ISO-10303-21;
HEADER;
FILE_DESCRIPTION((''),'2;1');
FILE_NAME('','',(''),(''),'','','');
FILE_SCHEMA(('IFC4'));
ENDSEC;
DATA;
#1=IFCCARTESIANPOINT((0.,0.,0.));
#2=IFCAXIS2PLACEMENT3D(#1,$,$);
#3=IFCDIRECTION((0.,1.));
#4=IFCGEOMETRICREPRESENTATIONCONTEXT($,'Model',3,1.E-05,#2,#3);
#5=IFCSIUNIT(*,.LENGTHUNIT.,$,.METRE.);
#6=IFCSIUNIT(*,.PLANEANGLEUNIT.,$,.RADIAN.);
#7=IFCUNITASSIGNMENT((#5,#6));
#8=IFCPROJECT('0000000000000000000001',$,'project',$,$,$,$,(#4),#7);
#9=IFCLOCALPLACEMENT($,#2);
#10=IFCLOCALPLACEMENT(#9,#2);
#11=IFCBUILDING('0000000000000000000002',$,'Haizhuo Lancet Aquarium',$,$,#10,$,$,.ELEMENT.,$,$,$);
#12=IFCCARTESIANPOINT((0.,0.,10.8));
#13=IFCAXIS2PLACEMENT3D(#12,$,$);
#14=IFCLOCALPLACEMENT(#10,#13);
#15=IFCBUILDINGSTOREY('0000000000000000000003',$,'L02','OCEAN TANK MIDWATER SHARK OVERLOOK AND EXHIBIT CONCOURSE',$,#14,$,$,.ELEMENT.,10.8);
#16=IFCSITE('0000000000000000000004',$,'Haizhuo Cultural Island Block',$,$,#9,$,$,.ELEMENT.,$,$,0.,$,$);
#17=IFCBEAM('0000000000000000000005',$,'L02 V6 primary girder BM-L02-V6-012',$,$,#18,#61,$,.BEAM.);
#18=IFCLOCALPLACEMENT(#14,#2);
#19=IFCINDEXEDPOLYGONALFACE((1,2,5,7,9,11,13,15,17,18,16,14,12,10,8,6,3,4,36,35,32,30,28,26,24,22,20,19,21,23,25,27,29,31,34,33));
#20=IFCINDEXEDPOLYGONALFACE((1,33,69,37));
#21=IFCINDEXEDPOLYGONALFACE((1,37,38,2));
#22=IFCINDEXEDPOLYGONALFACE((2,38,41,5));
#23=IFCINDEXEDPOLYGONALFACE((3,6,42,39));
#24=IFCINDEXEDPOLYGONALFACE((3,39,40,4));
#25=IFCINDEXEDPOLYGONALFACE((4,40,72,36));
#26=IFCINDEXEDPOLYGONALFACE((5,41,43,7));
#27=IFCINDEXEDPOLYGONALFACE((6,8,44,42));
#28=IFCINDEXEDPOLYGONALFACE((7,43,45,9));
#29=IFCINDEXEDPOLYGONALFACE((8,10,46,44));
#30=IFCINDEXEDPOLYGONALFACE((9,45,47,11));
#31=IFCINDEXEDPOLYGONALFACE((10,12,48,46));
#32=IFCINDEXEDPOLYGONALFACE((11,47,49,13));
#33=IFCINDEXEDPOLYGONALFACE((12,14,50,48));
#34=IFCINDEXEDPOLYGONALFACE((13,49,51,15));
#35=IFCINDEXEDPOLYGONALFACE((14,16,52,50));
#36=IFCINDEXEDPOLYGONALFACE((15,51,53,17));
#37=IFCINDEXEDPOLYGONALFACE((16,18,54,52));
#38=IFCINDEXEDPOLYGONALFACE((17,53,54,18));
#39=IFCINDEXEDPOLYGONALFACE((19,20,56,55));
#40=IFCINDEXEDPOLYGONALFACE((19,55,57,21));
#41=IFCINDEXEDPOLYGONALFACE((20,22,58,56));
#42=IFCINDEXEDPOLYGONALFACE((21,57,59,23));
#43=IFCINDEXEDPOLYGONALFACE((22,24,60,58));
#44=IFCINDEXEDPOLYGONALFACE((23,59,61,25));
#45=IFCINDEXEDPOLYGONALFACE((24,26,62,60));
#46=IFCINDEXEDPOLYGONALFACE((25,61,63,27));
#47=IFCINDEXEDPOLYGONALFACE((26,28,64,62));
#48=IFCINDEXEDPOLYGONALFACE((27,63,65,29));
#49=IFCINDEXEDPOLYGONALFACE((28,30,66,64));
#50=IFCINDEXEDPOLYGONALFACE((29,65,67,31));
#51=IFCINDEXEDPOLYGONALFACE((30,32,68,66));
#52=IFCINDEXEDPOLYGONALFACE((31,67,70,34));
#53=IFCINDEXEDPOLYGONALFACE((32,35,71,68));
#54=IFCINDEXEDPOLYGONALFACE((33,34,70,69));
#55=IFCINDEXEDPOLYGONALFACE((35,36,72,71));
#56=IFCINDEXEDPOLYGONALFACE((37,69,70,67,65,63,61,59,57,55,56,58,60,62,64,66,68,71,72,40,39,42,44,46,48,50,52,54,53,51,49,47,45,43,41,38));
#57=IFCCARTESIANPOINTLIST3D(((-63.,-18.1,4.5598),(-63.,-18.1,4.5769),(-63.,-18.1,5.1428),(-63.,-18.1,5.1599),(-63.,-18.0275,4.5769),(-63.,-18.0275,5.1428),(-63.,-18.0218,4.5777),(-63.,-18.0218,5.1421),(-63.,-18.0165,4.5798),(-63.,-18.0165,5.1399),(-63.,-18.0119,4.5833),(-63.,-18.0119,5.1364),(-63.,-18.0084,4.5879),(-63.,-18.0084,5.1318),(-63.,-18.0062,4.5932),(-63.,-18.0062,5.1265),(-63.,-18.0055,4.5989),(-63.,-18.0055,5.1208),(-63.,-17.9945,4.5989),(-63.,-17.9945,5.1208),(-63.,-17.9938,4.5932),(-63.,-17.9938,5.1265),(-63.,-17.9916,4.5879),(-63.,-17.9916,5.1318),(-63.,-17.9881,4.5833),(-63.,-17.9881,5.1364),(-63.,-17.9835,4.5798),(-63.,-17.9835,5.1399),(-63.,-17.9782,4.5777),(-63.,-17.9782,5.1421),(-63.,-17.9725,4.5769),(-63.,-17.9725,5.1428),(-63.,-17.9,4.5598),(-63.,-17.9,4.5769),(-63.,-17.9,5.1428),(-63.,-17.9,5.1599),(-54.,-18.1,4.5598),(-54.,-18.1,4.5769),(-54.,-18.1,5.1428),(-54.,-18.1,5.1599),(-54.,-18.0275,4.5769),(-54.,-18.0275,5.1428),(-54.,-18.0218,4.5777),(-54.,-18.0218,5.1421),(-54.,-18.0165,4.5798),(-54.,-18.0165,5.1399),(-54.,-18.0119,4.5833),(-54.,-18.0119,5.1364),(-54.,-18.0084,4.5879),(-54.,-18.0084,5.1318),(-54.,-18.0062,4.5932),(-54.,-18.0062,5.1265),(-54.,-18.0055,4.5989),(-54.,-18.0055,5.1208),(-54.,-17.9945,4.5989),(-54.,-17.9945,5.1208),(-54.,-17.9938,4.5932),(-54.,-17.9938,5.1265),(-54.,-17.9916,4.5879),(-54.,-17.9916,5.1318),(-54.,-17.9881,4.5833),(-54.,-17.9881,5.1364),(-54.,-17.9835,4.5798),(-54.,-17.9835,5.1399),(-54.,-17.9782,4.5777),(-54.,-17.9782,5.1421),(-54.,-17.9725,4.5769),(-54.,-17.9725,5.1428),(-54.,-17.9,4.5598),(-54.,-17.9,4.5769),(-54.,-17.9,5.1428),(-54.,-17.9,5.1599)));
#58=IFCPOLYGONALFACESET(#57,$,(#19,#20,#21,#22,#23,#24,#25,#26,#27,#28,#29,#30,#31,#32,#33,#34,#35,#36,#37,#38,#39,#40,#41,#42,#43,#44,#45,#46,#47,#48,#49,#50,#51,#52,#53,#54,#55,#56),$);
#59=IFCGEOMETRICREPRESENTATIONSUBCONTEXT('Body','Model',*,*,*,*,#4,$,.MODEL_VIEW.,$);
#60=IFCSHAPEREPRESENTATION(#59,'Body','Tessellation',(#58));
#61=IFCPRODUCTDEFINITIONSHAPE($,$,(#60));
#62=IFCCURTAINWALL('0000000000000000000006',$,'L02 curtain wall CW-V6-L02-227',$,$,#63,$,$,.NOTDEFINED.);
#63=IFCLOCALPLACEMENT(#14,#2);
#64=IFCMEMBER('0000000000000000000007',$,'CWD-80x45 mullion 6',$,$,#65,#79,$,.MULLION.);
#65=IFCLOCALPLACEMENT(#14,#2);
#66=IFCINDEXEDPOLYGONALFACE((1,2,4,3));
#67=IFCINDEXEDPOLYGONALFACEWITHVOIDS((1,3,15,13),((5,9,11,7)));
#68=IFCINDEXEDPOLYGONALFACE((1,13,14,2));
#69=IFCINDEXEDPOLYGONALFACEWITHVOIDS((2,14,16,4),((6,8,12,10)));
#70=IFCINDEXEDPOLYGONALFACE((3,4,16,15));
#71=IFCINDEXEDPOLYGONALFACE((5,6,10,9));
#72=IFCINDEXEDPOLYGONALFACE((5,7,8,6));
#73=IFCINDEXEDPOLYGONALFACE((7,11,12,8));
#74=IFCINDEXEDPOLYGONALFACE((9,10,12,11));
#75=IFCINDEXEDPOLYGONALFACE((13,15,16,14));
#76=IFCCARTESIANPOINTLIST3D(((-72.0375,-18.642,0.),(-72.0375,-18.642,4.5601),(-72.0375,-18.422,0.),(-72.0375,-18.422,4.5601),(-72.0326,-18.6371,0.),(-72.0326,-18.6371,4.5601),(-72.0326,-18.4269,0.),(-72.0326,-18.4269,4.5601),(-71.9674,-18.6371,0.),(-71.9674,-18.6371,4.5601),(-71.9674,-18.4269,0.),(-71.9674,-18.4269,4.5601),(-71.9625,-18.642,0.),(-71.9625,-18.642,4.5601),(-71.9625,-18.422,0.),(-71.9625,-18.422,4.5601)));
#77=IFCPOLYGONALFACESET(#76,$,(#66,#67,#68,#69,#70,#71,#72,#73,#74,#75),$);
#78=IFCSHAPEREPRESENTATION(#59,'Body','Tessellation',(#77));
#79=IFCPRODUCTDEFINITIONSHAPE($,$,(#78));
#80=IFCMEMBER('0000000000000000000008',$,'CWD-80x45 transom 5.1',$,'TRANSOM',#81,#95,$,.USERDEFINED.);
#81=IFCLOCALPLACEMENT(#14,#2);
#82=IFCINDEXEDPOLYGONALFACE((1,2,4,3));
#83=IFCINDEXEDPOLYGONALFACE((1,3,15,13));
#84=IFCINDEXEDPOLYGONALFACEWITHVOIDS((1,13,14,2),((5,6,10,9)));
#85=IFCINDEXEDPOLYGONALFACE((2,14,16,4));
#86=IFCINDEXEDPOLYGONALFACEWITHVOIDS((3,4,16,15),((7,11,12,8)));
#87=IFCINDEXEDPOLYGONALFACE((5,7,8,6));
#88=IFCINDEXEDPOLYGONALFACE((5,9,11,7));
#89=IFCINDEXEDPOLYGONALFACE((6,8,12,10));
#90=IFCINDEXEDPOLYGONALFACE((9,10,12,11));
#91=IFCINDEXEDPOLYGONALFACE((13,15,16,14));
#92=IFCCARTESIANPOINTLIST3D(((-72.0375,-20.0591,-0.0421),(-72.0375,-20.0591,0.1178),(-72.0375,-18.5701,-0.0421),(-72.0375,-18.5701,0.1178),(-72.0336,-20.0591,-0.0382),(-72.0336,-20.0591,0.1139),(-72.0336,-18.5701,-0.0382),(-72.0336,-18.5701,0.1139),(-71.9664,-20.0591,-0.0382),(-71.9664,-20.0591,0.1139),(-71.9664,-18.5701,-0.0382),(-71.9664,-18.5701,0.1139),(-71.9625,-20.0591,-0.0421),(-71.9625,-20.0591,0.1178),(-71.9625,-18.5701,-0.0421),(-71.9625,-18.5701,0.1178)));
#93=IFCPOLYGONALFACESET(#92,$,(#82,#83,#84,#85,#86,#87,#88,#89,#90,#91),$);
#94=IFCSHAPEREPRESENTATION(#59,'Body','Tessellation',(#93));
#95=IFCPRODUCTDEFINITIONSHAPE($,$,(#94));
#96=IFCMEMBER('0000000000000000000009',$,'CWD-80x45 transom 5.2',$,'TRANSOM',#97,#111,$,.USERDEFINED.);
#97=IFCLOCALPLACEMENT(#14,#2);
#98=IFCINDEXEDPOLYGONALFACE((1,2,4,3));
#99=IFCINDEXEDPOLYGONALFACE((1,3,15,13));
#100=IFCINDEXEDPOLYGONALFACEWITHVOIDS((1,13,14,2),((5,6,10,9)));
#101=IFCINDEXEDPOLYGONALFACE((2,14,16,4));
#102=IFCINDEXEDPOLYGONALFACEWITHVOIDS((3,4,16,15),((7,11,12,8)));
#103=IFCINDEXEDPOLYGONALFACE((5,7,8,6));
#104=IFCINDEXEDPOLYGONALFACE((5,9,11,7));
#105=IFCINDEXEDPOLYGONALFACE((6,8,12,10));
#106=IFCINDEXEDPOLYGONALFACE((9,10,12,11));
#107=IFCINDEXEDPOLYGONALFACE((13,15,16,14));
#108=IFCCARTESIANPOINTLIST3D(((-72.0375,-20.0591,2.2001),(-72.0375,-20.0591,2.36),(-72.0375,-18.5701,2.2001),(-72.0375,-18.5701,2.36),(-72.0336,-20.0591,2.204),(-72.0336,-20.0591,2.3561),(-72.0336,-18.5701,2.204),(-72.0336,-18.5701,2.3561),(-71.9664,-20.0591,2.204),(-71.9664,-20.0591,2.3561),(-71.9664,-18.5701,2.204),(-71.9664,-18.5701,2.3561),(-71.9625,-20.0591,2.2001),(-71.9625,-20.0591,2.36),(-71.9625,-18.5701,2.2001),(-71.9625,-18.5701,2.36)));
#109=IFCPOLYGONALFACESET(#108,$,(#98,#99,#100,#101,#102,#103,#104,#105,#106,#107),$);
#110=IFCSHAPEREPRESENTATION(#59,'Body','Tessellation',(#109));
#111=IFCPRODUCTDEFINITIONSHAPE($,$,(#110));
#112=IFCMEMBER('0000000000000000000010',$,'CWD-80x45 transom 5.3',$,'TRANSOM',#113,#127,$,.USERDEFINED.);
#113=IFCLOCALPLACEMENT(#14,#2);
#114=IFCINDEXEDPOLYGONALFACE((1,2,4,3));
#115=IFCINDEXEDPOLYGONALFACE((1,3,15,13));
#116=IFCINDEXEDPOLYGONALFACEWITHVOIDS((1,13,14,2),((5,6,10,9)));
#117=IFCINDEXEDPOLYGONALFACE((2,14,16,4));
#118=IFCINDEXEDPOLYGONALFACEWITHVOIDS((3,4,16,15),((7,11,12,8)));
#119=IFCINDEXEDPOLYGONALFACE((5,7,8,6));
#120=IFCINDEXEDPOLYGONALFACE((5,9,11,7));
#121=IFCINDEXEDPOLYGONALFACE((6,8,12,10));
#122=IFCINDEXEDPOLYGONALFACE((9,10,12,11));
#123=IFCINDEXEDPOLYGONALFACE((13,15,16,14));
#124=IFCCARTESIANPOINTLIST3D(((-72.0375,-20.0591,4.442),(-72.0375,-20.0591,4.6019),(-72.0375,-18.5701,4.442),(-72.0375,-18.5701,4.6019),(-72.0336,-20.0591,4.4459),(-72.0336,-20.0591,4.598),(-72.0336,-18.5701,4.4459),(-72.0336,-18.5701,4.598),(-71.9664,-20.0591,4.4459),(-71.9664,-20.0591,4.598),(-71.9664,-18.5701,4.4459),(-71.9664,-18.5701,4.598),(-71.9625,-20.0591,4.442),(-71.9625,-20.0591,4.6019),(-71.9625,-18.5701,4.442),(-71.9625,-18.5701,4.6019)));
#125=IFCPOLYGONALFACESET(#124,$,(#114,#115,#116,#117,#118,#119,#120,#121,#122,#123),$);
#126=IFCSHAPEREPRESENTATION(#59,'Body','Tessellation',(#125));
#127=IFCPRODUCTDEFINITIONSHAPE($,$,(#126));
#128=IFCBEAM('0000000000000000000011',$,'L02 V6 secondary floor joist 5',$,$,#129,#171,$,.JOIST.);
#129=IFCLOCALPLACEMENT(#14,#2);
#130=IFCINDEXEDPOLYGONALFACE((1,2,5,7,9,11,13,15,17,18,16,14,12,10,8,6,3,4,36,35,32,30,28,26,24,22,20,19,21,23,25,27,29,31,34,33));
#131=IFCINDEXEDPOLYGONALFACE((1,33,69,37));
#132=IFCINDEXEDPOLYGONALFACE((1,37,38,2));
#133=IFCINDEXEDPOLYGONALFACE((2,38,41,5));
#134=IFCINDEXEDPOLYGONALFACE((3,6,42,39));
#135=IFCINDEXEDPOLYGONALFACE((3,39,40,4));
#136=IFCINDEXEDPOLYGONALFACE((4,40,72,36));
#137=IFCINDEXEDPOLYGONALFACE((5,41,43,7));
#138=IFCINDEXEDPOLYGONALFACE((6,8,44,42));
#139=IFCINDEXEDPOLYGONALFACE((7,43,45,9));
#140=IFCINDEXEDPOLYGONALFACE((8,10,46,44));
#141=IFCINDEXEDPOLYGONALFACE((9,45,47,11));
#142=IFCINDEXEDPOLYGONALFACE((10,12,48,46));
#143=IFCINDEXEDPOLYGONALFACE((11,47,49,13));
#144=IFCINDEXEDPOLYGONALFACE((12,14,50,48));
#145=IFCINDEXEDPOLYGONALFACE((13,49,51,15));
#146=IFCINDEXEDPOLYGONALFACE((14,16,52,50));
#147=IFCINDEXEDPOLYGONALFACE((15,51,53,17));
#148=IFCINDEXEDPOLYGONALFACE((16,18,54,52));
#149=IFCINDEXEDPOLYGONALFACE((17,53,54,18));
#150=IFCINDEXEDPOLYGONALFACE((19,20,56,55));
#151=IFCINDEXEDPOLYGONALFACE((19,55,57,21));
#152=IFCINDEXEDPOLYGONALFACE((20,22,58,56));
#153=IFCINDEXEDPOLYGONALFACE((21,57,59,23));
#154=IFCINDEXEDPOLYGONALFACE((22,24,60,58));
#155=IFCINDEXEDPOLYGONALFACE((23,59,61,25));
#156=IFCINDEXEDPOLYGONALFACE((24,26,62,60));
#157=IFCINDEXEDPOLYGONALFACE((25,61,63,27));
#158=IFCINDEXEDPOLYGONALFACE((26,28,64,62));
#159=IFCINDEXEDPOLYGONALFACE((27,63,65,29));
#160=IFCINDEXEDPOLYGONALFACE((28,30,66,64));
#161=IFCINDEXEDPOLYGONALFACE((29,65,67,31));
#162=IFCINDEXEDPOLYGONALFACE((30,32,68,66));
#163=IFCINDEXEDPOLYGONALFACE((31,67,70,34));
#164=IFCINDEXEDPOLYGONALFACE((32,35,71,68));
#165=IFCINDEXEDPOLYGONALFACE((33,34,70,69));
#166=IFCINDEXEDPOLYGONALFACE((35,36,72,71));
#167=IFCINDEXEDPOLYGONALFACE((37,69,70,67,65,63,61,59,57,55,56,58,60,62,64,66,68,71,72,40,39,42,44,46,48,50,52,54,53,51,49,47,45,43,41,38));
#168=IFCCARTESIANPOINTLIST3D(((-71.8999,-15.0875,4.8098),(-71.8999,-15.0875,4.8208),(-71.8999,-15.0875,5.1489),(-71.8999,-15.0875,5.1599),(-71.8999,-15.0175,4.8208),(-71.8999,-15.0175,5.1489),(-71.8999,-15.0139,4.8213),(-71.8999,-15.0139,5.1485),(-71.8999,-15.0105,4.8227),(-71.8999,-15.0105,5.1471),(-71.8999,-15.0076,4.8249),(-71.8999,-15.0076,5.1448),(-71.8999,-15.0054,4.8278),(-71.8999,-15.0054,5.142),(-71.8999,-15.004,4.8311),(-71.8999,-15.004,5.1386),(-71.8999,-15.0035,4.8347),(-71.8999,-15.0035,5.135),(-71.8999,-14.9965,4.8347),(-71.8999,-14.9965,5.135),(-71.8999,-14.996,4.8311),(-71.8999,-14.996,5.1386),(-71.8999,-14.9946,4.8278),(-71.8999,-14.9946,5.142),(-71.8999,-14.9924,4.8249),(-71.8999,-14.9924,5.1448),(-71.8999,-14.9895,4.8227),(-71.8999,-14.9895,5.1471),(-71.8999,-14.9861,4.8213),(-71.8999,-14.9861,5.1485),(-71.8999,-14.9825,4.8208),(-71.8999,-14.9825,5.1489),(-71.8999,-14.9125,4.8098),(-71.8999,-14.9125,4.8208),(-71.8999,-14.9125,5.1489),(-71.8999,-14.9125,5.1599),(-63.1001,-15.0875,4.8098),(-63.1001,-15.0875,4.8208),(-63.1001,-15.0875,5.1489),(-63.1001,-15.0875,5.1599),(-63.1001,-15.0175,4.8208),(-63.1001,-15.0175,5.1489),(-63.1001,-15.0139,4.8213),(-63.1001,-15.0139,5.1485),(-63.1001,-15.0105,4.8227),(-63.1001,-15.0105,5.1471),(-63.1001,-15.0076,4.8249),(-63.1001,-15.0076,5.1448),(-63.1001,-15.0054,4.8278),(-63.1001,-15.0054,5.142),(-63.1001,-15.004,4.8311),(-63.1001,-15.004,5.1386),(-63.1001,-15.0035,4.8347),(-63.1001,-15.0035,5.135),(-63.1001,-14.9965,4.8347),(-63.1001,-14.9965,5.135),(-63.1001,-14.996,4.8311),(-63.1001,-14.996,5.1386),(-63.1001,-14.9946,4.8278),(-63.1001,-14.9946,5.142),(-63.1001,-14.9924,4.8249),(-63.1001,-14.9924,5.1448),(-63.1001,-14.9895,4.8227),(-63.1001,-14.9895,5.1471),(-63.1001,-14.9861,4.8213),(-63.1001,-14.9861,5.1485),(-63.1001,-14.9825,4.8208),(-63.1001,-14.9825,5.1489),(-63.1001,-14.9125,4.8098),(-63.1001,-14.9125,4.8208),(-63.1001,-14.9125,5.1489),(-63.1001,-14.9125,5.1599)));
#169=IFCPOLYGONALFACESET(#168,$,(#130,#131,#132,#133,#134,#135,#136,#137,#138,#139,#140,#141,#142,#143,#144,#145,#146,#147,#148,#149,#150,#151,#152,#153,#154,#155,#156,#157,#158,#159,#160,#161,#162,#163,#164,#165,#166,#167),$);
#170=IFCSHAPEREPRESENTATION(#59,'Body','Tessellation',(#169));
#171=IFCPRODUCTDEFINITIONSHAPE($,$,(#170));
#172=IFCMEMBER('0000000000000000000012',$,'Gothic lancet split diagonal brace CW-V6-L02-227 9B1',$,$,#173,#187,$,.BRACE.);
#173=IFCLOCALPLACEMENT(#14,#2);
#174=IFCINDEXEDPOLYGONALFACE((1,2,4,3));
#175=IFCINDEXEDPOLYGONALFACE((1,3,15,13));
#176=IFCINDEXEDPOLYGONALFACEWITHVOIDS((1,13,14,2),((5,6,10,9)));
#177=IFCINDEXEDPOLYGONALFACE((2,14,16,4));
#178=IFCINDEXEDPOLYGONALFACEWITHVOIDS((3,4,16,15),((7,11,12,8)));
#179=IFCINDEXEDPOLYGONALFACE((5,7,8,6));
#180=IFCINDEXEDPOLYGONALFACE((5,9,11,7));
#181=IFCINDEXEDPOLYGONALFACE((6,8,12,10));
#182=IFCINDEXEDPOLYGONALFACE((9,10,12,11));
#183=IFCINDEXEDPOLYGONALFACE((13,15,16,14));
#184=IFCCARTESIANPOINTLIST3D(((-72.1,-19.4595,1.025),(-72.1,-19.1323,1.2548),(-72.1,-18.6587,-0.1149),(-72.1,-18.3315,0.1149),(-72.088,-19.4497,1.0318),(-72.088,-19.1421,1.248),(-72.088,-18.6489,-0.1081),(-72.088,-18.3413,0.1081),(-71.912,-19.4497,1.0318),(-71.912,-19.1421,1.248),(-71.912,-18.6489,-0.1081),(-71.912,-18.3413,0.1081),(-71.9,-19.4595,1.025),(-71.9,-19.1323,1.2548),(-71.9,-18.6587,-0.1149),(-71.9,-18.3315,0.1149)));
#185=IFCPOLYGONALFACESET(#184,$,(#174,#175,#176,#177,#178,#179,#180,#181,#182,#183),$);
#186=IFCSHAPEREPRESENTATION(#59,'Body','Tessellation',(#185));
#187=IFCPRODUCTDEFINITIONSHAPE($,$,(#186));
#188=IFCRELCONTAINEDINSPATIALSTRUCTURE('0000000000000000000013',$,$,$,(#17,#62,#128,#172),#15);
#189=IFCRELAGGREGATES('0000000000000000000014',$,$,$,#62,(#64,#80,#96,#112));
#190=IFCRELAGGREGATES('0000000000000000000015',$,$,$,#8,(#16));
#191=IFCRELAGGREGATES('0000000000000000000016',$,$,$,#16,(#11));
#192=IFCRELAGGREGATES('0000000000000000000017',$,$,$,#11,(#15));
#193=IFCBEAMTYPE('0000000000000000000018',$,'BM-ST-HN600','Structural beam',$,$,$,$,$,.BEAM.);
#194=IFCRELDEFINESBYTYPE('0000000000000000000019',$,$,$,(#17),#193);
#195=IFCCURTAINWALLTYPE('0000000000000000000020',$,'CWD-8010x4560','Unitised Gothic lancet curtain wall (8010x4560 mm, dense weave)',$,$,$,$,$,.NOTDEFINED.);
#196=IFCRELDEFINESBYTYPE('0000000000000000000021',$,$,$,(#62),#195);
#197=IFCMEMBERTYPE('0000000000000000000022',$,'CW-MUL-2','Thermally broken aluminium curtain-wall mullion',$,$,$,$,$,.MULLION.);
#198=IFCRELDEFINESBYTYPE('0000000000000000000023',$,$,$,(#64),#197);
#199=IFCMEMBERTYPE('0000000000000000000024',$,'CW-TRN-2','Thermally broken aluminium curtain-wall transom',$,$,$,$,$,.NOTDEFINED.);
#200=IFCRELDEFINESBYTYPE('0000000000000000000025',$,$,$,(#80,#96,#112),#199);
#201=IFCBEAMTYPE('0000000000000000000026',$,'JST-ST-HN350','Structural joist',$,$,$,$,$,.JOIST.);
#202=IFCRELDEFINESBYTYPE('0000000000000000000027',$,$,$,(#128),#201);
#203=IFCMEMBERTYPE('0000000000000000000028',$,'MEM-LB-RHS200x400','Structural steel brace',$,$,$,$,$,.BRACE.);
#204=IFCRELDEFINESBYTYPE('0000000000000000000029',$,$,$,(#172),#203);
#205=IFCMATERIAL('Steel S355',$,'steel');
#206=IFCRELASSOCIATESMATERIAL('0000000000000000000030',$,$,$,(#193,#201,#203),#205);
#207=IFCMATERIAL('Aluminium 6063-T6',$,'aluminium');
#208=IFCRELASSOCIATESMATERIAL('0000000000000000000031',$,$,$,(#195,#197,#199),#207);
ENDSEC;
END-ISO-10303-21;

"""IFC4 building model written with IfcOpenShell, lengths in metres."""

from ifc_helpers import new_model, si_unit, direction, frame, origin, origin_2d, place, context, subcontext, project, spatial, hollow_rectangle, i_section, extrude, material, material_profile, profile_set, type_object, element, aggregate, save


model = new_model("IFC4")

# Units and contexts
model_context = context("Model", 3, precision=1e-05, world=origin(), true_north=direction((0.0, 1.0)))
body_context = subcontext(model_context, "Body", "Model", "MODEL_VIEW")
ifc_project = project(units=[si_unit("LENGTHUNIT", "METRE"), si_unit("PLANEANGLEUNIT", "RADIAN")], contexts=[model_context])

# Site, building, storey
site_placement = place(None, origin())
site = spatial("IfcSite", under=ifc_project, at=site_placement, Name="Haizhuo Cultural Island Block", CompositionType="ELEMENT", RefElevation=0.0)
building_placement = place(site_placement, origin())
building = spatial("IfcBuilding", under=site, at=building_placement, Name="Haizhuo Lancet Aquarium", CompositionType="ELEMENT")
storey_placement = place(building_placement, frame((0.0, 0.0, 10.8)))
storey = spatial("IfcBuildingStorey", under=building, at=storey_placement, Name="L02", Description="OCEAN TANK MIDWATER SHARK OVERLOOK AND EXHIBIT CONCOURSE", CompositionType="ELEMENT", Elevation=10.8)

# Beam
ifc_material_1 = material(Name="Steel S355", Category="steel")
ifc_material_profile_1 = material_profile(ifc_material_1, i_section(OverallWidth=0.2, OverallDepth=0.6001, WebThickness=0.011, FlangeThickness=0.0171, FilletRadius=0.022, at=origin_2d()), Name="HN 600x200x11x17")
ifc_profile_set_1 = profile_set([ifc_material_profile_1], Name="Steel S355")
beam_type_1 = type_object("IfcBeamType", Name="BM-ST-HN600", Description="Structural beam", PredefinedType="BEAM", material=ifc_profile_set_1)
for number, where, z_axis, x_axis, name in (
    (1, (-63.0, -18.0, 4.8599), (1.0, 0.0, 0.0), (0.0, 1.0, 0.0), "L02 V6 primary girder BM-L02-V6-012"),
):
    element("IfcBeam", number, at=place(storey_placement, frame(where, z_axis=z_axis, x_axis=x_axis)), inside=storey, type_object=beam_type_1, Name=name, PredefinedType="BEAM", context=body_context, shape_type="SweptSolid", body=[
        extrude(i_section(OverallWidth=0.2, OverallDepth=0.6001, WebThickness=0.011, FlangeThickness=0.0171, FilletRadius=0.022, at=origin_2d()), origin(), (0.0, 0.0, 1.0), 9.0),
    ])

# Curtain wall, members
ifc_material_2 = material(Name="Aluminium 6063-T6", Category="aluminium")
curtain_wall_type = type_object("IfcCurtainWallType", Name="CWD-8010x4560", Description="Unitised Gothic lancet curtain wall (8010x4560 mm, dense weave)", PredefinedType="NOTDEFINED", material=ifc_material_2)
curtain_wall_placement = place(storey_placement, origin())
curtain_wall = element("IfcCurtainWall", 2, at=curtain_wall_placement, inside=storey, type_object=curtain_wall_type, Name="L02 curtain wall CW-V6-L02-227", PredefinedType="NOTDEFINED")
ifc_material_profile_2 = material_profile(ifc_material_2, hollow_rectangle(XDim=0.075, YDim=0.22, WallThickness=0.0049, at=origin_2d()), Name="ALU-M 75x220x5")
ifc_profile_set_2 = profile_set([ifc_material_profile_2], Name="Aluminium 6063-T6")
member_type_1 = type_object("IfcMemberType", Name="CW-MUL-2", Description="Thermally broken aluminium curtain-wall mullion", PredefinedType="MULLION", material=ifc_profile_set_2)
member_1_placement = place(storey_placement, frame((-72.0, -18.532, 0.0), z_axis=(0.0, 0.0, 1.0), x_axis=(-1.0, 0.0, 0.0)))
member_1 = element("IfcMember", 3, at=member_1_placement, type_object=member_type_1, Name="CWD-80x45 mullion 6", PredefinedType="MULLION", context=body_context, shape_type="SweptSolid", body=[
    extrude(hollow_rectangle(XDim=0.075, YDim=0.22, WallThickness=0.0049, at=origin_2d()), origin(), (0.0, 0.0, 1.0), 4.5601),
])
ifc_material_profile_3 = material_profile(ifc_material_2, hollow_rectangle(XDim=0.075, YDim=0.1599, WallThickness=0.0039, at=origin_2d()), Name="ALU-T 75x160x4")
ifc_profile_set_3 = profile_set([ifc_material_profile_3], Name="Aluminium 6063-T6")
member_type_2 = type_object("IfcMemberType", Name="CW-TRN-2", Description="Thermally broken aluminium curtain-wall transom", PredefinedType="NOTDEFINED", material=ifc_profile_set_3)
member_2_placement = place(storey_placement, frame((-72.0, -20.0591, 0.0378), z_axis=(0.0, 1.0, 0.0), x_axis=(-1.0, 0.0, 0.0)))
member_2 = element("IfcMember", 4, at=member_2_placement, type_object=member_type_2, Name="CWD-80x45 transom 5.1", ObjectType="TRANSOM", PredefinedType="USERDEFINED", context=body_context, shape_type="SweptSolid", body=[
    extrude(hollow_rectangle(XDim=0.075, YDim=0.1599, WallThickness=0.0039, at=origin_2d()), origin(), (0.0, 0.0, 1.0), 1.489),
])
member_3_placement = place(storey_placement, frame((-72.0, -20.0591, 2.28), z_axis=(0.0, 1.0, 0.0), x_axis=(-1.0, 0.0, 0.0)))
member_3 = element("IfcMember", 5, at=member_3_placement, type_object=member_type_2, Name="CWD-80x45 transom 5.2", ObjectType="TRANSOM", PredefinedType="USERDEFINED", context=body_context, shape_type="SweptSolid", body=[
    extrude(hollow_rectangle(XDim=0.075, YDim=0.1599, WallThickness=0.0039, at=origin_2d()), origin(), (0.0, 0.0, 1.0), 1.489),
])
member_4_placement = place(storey_placement, frame((-72.0, -20.0591, 4.522), z_axis=(0.0, 1.0, 0.0), x_axis=(-1.0, 0.0, 0.0)))
member_4 = element("IfcMember", 6, at=member_4_placement, type_object=member_type_2, Name="CWD-80x45 transom 5.3", ObjectType="TRANSOM", PredefinedType="USERDEFINED", context=body_context, shape_type="SweptSolid", body=[
    extrude(hollow_rectangle(XDim=0.075, YDim=0.1599, WallThickness=0.0039, at=origin_2d()), origin(), (0.0, 0.0, 1.0), 1.489),
])

# Beam
ifc_material_profile_4 = material_profile(ifc_material_1, i_section(OverallWidth=0.175, OverallDepth=0.3501, WebThickness=0.0071, FlangeThickness=0.011, FilletRadius=0.0139, at=origin_2d()), Name="HN 350x175x7x11")
ifc_profile_set_4 = profile_set([ifc_material_profile_4], Name="Steel S355")
beam_type_2 = type_object("IfcBeamType", Name="JST-ST-HN350", Description="Structural joist", PredefinedType="JOIST", material=ifc_profile_set_4)
beam_placement = place(storey_placement, frame((-71.8999, -15.0, 4.9849), z_axis=(1.0, 0.0, 0.0), x_axis=(0.0, 1.0, 0.0)))
element("IfcBeam", 7, at=beam_placement, inside=storey, type_object=beam_type_2, Name="L02 V6 secondary floor joist 5", PredefinedType="JOIST", context=body_context, shape_type="SweptSolid", body=[
    extrude(i_section(OverallWidth=0.175, OverallDepth=0.3501, WebThickness=0.0071, FlangeThickness=0.011, FilletRadius=0.0139, at=origin_2d()), origin(), (0.0, 0.0, 1.0), 8.7998),
])

# Member
ifc_material_profile_5 = material_profile(ifc_material_1, hollow_rectangle(XDim=0.2, YDim=0.3999, WallThickness=0.012, at=origin_2d()), Name="RHS 200x400x12")
ifc_profile_set_5 = profile_set([ifc_material_profile_5], Name="Steel S355")
member_type_3 = type_object("IfcMemberType", Name="MEM-LB-RHS200x400", Description="Structural steel brace", PredefinedType="BRACE", material=ifc_profile_set_5)
member_5_placement = place(storey_placement, frame((-72.0, -18.4951, 0.0), z_axis=(0.0, -0.574838, 0.818267), x_axis=(1.0, 0.0, 0.0)))
element("IfcMember", 8, at=member_5_placement, inside=storey, type_object=member_type_3, Name="Gothic lancet split diagonal brace CW-V6-L02-227 9B1", PredefinedType="BRACE", context=body_context, shape_type="SweptSolid", body=[
    extrude(hollow_rectangle(XDim=0.2, YDim=0.3999, WallThickness=0.012, at=origin_2d()), origin(), (0.0, 0.0, 1.0), 1.3931),
])

aggregate(curtain_wall, [member_1, member_2, member_3, member_4])

save(model, "model.ifc")
